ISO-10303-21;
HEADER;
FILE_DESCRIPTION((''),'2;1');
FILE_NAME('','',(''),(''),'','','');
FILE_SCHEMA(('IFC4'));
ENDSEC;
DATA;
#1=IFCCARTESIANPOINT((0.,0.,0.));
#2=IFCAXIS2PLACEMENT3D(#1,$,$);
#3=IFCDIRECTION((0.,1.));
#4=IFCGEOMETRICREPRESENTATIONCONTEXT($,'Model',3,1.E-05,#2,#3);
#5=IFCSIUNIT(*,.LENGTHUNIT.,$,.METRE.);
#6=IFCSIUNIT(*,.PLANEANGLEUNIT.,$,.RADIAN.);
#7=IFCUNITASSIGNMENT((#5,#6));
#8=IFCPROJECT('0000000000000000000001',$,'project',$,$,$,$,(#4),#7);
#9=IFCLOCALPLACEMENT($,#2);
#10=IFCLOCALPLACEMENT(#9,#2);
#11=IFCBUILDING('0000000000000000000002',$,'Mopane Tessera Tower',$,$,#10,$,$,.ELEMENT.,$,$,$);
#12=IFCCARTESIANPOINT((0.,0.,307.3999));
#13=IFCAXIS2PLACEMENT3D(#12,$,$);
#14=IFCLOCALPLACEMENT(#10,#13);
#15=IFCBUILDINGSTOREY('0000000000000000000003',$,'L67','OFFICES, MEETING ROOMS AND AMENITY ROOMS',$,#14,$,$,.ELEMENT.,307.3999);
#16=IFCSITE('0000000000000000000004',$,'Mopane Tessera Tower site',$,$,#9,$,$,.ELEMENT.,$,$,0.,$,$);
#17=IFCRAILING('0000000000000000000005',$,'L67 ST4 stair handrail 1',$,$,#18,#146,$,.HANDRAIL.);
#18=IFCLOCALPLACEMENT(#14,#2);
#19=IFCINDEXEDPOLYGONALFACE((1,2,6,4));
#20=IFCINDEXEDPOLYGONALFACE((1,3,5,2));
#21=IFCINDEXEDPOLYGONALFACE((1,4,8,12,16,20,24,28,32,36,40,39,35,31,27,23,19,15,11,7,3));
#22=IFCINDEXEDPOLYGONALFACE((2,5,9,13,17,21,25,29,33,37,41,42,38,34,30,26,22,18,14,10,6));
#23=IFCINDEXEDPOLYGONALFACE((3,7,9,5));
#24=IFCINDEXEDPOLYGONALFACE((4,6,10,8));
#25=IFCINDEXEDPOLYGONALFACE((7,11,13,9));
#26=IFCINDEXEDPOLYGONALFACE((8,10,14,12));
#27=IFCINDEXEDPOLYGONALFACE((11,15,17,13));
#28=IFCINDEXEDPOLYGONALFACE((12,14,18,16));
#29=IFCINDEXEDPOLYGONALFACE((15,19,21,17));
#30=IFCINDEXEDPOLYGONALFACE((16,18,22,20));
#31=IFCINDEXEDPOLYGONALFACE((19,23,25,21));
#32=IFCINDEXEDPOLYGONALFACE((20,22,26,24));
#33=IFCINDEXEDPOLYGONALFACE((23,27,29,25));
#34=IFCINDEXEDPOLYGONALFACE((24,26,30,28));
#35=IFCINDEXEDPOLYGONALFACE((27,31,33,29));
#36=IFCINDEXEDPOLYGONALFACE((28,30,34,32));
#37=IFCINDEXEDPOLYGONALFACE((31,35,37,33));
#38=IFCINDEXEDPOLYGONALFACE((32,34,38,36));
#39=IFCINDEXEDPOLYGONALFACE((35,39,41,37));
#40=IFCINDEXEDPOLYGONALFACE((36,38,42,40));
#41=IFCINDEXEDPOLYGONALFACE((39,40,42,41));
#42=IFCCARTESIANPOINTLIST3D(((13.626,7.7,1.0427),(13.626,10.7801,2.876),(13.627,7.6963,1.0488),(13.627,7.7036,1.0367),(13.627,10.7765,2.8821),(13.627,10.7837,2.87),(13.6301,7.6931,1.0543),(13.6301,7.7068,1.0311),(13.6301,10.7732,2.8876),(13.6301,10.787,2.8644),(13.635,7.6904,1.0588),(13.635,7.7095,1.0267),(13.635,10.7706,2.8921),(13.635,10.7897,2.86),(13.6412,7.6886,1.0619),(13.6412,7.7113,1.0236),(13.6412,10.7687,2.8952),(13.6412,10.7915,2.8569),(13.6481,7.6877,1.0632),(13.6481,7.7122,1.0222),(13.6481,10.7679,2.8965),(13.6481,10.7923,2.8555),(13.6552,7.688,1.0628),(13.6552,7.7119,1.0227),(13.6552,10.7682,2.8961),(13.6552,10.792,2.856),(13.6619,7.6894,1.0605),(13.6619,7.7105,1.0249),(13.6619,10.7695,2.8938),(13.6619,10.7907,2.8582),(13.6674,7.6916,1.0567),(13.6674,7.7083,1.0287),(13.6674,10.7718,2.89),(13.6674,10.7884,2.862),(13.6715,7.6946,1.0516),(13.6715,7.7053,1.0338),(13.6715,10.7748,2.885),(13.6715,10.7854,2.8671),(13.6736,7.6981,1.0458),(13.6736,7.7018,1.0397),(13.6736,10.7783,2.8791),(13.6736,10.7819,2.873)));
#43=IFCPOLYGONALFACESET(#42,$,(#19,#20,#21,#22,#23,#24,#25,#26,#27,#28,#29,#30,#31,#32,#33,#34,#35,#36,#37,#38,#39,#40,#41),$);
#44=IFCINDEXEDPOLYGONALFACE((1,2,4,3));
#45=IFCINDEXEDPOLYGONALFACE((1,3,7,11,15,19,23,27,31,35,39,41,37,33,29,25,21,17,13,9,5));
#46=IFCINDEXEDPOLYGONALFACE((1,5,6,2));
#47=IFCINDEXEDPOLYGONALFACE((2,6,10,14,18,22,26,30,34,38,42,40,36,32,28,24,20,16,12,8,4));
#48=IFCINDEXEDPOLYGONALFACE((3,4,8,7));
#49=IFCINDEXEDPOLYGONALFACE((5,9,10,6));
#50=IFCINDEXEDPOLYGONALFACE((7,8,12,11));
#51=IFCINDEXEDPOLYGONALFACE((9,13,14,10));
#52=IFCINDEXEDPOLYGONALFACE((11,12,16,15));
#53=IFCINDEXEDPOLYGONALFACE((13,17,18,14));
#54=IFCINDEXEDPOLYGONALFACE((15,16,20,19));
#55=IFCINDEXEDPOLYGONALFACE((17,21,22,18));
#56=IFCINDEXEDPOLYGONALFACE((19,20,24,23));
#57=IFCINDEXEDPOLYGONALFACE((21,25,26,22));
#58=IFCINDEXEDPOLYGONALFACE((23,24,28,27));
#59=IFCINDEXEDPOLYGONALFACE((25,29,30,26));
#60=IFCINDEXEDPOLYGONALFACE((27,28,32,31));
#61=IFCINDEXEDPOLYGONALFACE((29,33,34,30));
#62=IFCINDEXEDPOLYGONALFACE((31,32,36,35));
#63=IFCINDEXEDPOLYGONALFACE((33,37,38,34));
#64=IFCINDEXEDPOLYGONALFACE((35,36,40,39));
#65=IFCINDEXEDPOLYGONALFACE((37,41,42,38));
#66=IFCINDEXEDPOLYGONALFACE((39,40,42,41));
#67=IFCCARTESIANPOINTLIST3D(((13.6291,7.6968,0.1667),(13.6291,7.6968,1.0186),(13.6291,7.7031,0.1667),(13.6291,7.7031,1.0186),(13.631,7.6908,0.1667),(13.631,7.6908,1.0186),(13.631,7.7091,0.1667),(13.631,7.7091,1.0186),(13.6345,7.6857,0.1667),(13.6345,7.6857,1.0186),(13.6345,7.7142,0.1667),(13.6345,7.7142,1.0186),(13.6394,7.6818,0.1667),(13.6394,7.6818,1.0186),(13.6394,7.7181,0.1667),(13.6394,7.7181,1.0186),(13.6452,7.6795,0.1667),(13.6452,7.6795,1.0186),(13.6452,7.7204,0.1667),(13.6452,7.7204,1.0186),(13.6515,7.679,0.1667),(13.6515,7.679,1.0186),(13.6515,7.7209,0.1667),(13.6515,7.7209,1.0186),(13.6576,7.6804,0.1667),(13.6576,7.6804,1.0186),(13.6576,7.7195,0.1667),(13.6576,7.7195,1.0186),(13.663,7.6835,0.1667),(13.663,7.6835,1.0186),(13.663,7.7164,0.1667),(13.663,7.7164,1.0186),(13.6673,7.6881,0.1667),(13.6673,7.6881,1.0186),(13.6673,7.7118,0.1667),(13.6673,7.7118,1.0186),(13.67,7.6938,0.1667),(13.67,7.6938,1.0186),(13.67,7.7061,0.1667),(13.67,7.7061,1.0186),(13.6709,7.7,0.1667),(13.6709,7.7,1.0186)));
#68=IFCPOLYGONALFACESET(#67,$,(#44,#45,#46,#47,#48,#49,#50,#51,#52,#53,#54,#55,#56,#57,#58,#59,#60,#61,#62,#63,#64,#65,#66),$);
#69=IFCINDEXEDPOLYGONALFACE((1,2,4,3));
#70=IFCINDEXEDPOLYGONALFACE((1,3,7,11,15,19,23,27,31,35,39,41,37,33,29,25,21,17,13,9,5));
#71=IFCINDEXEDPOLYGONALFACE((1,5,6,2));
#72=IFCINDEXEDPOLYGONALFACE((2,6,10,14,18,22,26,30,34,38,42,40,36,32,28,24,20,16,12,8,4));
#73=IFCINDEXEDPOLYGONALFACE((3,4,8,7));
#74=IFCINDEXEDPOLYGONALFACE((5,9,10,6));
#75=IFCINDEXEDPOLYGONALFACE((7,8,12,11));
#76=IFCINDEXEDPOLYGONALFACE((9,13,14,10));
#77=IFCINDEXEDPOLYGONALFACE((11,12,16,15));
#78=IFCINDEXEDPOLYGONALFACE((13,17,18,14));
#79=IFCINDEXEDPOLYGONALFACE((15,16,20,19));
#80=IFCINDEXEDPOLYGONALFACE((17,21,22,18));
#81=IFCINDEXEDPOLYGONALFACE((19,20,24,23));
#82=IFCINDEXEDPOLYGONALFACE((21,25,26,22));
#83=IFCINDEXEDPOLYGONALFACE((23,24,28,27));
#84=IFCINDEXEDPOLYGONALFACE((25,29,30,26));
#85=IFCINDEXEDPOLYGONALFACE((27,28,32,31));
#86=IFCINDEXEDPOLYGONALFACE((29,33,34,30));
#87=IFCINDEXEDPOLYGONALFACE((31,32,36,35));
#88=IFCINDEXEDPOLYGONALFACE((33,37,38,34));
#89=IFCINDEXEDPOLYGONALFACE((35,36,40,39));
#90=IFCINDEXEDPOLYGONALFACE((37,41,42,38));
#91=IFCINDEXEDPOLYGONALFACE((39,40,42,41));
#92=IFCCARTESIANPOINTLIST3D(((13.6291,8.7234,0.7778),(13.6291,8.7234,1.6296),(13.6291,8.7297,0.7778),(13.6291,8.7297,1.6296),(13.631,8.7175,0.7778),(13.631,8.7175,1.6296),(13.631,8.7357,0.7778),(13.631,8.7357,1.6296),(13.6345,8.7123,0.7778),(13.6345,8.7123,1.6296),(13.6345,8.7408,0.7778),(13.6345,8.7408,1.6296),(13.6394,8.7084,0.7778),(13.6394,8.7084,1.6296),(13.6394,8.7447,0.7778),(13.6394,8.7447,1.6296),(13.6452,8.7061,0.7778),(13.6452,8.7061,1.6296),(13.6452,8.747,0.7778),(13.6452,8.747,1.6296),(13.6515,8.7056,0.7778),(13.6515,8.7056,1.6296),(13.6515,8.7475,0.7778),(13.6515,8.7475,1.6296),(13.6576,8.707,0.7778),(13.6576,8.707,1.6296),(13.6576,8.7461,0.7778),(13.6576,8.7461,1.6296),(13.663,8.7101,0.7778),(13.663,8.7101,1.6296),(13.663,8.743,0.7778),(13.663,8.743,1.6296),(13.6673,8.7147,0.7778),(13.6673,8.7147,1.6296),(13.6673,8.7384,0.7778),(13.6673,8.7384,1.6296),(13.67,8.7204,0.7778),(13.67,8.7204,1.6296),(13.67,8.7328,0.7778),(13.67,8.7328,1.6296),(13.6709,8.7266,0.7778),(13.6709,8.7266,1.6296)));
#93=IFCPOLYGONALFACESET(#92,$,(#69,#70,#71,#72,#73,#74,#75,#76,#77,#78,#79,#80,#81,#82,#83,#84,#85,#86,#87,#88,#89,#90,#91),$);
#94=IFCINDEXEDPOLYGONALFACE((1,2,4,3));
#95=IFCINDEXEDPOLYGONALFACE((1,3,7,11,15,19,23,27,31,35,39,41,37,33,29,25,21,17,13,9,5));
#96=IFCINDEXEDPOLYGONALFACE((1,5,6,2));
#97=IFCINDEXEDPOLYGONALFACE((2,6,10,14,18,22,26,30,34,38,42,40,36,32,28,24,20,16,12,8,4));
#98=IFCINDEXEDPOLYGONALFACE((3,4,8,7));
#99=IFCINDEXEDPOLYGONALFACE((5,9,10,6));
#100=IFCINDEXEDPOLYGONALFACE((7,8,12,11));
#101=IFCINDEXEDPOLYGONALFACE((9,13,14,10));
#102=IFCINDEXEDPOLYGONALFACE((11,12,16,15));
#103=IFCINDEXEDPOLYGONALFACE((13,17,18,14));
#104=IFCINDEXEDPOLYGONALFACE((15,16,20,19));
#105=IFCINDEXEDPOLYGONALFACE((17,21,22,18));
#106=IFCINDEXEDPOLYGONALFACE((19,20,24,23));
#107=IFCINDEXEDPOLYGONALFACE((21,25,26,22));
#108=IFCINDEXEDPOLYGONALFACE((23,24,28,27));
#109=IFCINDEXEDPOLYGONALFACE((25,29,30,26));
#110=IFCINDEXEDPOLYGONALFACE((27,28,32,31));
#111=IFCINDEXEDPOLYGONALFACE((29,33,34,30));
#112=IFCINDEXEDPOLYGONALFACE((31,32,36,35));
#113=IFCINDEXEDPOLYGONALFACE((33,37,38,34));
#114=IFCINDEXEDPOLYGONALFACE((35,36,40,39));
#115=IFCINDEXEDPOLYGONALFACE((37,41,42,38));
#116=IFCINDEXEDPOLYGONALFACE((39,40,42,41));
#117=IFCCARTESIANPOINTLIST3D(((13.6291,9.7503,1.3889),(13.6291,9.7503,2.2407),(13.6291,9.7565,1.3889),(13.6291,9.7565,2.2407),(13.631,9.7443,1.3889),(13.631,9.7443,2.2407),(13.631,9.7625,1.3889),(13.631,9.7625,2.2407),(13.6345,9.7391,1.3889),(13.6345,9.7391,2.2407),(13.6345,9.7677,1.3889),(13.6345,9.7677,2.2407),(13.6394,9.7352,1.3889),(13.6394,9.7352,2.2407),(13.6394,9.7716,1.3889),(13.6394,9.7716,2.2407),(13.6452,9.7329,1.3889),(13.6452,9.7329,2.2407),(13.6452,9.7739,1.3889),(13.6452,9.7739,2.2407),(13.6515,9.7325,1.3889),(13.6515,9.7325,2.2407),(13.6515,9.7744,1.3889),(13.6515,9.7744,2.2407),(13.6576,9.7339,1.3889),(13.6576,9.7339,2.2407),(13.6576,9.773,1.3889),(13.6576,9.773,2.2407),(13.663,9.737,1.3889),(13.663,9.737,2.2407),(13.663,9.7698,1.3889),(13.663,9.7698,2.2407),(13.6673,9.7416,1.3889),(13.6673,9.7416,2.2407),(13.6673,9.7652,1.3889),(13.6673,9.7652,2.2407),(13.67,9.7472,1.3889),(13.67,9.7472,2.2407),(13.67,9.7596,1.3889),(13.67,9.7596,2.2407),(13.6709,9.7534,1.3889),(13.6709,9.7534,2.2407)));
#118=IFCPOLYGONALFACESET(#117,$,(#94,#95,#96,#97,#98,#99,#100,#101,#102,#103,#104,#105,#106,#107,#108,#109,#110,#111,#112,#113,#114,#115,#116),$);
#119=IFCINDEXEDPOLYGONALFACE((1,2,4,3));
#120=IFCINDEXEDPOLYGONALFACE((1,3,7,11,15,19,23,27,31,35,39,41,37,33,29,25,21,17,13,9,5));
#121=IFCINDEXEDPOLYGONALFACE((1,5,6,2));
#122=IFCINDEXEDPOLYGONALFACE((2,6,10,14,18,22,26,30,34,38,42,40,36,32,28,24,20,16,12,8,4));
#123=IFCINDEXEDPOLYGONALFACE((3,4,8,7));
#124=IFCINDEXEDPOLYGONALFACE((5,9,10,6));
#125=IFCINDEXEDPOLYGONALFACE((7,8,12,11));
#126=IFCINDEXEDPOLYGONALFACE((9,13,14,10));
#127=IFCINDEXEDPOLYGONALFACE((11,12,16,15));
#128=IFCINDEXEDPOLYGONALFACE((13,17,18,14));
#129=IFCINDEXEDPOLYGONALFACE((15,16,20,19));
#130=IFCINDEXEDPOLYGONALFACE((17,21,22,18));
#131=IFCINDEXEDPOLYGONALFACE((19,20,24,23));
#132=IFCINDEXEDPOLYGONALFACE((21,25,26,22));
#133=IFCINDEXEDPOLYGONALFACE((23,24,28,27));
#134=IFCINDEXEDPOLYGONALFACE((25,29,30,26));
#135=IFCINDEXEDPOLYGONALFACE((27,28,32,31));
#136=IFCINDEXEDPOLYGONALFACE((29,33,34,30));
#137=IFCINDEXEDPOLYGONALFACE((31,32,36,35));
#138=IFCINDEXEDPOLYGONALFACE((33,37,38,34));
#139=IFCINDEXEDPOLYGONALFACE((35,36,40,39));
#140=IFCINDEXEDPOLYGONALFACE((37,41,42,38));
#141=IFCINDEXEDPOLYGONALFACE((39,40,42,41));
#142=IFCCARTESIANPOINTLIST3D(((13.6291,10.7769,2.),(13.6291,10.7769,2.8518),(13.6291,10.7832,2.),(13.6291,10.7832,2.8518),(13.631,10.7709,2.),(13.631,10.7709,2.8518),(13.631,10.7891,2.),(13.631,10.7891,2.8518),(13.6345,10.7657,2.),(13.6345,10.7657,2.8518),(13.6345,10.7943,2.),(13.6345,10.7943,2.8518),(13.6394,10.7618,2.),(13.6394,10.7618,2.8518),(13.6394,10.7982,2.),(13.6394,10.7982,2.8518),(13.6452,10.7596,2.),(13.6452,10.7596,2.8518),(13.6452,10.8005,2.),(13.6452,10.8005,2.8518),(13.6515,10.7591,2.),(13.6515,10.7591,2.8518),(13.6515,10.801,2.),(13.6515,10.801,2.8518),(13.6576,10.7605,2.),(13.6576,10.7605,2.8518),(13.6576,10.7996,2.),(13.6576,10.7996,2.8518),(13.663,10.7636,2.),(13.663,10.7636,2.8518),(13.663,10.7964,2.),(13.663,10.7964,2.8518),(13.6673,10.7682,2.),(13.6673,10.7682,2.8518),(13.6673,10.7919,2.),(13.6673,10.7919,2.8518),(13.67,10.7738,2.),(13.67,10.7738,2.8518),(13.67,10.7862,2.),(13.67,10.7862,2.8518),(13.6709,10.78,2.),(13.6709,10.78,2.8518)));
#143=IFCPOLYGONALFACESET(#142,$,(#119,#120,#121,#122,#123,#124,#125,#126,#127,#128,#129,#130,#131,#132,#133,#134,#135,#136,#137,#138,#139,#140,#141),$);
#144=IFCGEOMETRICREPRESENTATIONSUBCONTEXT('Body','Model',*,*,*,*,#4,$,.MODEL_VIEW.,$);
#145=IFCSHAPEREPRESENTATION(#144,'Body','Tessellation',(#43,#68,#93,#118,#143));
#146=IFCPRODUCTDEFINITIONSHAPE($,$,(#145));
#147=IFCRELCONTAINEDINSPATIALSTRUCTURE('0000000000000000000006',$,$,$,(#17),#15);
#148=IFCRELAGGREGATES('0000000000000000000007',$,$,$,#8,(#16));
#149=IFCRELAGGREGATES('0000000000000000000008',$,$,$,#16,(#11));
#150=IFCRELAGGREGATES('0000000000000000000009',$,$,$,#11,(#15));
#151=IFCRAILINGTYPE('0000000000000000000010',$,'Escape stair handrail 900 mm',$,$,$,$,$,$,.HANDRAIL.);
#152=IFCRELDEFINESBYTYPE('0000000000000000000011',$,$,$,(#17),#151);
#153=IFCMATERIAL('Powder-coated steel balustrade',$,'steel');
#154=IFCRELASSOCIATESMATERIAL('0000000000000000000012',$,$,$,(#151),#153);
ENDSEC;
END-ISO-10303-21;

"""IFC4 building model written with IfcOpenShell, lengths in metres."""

from ifc_helpers import new_model, si_unit, direction, frame, origin, origin_2d, place, context, subcontext, project, spatial, circle, extrude, material, type_object, element, save


model = new_model("IFC4")

# Units and contexts
model_context = context("Model", 3, precision=1e-05, world=origin(), true_north=direction((0.0, 1.0)))
body_context = subcontext(model_context, "Body", "Model", "MODEL_VIEW")
ifc_project = project(units=[si_unit("LENGTHUNIT", "METRE"), si_unit("PLANEANGLEUNIT", "RADIAN")], contexts=[model_context])

# Site, building, storey
site_placement = place(None, origin())
site = spatial("IfcSite", under=ifc_project, at=site_placement, Name="Mopane Tessera Tower site", CompositionType="ELEMENT", RefElevation=0.0)
building_placement = place(site_placement, origin())
building = spatial("IfcBuilding", under=site, at=building_placement, Name="Mopane Tessera Tower", CompositionType="ELEMENT")
storey_placement = place(building_placement, frame((0.0, 0.0, 307.3999)))
storey = spatial("IfcBuildingStorey", under=building, at=storey_placement, Name="L67", Description="OFFICES, MEETING ROOMS AND AMENITY ROOMS", CompositionType="ELEMENT", Elevation=307.3999)

# Railing
ifc_material_1 = material(Name="Powder-coated steel balustrade", Category="steel")
railing_type_1 = type_object("IfcRailingType", Name="Escape stair handrail 900 mm", PredefinedType="HANDRAIL", material=ifc_material_1)
railing_1_placement = place(storey_placement, frame((13.6499, 7.7, 0.1667)))
element("IfcRailing", 1, at=railing_1_placement, inside=storey, type_object=railing_type_1, Name="L67 ST4 stair handrail 1", PredefinedType="HANDRAIL", context=body_context, shape_type="SweptSolid", body=[
    extrude(circle(Radius=0.0239, at=origin_2d()), frame((0.0, 0.0, 0.876), z_axis=(0.0, 0.859309, 0.511458), x_axis=(-1.0, 0.0, 0.0)), (0.0, 0.0, 1.0), 3.5845),
    extrude(circle(Radius=0.021, at=origin_2d()), origin(), (0.0, 0.0, 1.0), 0.8518),
    extrude(circle(Radius=0.021, at=origin_2d()), frame((0.0, 1.0266, 0.6111)), (0.0, 0.0, 1.0), 0.8518),
    extrude(circle(Radius=0.021, at=origin_2d()), frame((0.0, 2.0535, 1.2222)), (0.0, 0.0, 1.0), 0.8518),
    extrude(circle(Radius=0.021, at=origin_2d()), frame((0.0, 3.0801, 1.8333)), (0.0, 0.0, 1.0), 0.8518),
])

save(model, "model.ifc")
